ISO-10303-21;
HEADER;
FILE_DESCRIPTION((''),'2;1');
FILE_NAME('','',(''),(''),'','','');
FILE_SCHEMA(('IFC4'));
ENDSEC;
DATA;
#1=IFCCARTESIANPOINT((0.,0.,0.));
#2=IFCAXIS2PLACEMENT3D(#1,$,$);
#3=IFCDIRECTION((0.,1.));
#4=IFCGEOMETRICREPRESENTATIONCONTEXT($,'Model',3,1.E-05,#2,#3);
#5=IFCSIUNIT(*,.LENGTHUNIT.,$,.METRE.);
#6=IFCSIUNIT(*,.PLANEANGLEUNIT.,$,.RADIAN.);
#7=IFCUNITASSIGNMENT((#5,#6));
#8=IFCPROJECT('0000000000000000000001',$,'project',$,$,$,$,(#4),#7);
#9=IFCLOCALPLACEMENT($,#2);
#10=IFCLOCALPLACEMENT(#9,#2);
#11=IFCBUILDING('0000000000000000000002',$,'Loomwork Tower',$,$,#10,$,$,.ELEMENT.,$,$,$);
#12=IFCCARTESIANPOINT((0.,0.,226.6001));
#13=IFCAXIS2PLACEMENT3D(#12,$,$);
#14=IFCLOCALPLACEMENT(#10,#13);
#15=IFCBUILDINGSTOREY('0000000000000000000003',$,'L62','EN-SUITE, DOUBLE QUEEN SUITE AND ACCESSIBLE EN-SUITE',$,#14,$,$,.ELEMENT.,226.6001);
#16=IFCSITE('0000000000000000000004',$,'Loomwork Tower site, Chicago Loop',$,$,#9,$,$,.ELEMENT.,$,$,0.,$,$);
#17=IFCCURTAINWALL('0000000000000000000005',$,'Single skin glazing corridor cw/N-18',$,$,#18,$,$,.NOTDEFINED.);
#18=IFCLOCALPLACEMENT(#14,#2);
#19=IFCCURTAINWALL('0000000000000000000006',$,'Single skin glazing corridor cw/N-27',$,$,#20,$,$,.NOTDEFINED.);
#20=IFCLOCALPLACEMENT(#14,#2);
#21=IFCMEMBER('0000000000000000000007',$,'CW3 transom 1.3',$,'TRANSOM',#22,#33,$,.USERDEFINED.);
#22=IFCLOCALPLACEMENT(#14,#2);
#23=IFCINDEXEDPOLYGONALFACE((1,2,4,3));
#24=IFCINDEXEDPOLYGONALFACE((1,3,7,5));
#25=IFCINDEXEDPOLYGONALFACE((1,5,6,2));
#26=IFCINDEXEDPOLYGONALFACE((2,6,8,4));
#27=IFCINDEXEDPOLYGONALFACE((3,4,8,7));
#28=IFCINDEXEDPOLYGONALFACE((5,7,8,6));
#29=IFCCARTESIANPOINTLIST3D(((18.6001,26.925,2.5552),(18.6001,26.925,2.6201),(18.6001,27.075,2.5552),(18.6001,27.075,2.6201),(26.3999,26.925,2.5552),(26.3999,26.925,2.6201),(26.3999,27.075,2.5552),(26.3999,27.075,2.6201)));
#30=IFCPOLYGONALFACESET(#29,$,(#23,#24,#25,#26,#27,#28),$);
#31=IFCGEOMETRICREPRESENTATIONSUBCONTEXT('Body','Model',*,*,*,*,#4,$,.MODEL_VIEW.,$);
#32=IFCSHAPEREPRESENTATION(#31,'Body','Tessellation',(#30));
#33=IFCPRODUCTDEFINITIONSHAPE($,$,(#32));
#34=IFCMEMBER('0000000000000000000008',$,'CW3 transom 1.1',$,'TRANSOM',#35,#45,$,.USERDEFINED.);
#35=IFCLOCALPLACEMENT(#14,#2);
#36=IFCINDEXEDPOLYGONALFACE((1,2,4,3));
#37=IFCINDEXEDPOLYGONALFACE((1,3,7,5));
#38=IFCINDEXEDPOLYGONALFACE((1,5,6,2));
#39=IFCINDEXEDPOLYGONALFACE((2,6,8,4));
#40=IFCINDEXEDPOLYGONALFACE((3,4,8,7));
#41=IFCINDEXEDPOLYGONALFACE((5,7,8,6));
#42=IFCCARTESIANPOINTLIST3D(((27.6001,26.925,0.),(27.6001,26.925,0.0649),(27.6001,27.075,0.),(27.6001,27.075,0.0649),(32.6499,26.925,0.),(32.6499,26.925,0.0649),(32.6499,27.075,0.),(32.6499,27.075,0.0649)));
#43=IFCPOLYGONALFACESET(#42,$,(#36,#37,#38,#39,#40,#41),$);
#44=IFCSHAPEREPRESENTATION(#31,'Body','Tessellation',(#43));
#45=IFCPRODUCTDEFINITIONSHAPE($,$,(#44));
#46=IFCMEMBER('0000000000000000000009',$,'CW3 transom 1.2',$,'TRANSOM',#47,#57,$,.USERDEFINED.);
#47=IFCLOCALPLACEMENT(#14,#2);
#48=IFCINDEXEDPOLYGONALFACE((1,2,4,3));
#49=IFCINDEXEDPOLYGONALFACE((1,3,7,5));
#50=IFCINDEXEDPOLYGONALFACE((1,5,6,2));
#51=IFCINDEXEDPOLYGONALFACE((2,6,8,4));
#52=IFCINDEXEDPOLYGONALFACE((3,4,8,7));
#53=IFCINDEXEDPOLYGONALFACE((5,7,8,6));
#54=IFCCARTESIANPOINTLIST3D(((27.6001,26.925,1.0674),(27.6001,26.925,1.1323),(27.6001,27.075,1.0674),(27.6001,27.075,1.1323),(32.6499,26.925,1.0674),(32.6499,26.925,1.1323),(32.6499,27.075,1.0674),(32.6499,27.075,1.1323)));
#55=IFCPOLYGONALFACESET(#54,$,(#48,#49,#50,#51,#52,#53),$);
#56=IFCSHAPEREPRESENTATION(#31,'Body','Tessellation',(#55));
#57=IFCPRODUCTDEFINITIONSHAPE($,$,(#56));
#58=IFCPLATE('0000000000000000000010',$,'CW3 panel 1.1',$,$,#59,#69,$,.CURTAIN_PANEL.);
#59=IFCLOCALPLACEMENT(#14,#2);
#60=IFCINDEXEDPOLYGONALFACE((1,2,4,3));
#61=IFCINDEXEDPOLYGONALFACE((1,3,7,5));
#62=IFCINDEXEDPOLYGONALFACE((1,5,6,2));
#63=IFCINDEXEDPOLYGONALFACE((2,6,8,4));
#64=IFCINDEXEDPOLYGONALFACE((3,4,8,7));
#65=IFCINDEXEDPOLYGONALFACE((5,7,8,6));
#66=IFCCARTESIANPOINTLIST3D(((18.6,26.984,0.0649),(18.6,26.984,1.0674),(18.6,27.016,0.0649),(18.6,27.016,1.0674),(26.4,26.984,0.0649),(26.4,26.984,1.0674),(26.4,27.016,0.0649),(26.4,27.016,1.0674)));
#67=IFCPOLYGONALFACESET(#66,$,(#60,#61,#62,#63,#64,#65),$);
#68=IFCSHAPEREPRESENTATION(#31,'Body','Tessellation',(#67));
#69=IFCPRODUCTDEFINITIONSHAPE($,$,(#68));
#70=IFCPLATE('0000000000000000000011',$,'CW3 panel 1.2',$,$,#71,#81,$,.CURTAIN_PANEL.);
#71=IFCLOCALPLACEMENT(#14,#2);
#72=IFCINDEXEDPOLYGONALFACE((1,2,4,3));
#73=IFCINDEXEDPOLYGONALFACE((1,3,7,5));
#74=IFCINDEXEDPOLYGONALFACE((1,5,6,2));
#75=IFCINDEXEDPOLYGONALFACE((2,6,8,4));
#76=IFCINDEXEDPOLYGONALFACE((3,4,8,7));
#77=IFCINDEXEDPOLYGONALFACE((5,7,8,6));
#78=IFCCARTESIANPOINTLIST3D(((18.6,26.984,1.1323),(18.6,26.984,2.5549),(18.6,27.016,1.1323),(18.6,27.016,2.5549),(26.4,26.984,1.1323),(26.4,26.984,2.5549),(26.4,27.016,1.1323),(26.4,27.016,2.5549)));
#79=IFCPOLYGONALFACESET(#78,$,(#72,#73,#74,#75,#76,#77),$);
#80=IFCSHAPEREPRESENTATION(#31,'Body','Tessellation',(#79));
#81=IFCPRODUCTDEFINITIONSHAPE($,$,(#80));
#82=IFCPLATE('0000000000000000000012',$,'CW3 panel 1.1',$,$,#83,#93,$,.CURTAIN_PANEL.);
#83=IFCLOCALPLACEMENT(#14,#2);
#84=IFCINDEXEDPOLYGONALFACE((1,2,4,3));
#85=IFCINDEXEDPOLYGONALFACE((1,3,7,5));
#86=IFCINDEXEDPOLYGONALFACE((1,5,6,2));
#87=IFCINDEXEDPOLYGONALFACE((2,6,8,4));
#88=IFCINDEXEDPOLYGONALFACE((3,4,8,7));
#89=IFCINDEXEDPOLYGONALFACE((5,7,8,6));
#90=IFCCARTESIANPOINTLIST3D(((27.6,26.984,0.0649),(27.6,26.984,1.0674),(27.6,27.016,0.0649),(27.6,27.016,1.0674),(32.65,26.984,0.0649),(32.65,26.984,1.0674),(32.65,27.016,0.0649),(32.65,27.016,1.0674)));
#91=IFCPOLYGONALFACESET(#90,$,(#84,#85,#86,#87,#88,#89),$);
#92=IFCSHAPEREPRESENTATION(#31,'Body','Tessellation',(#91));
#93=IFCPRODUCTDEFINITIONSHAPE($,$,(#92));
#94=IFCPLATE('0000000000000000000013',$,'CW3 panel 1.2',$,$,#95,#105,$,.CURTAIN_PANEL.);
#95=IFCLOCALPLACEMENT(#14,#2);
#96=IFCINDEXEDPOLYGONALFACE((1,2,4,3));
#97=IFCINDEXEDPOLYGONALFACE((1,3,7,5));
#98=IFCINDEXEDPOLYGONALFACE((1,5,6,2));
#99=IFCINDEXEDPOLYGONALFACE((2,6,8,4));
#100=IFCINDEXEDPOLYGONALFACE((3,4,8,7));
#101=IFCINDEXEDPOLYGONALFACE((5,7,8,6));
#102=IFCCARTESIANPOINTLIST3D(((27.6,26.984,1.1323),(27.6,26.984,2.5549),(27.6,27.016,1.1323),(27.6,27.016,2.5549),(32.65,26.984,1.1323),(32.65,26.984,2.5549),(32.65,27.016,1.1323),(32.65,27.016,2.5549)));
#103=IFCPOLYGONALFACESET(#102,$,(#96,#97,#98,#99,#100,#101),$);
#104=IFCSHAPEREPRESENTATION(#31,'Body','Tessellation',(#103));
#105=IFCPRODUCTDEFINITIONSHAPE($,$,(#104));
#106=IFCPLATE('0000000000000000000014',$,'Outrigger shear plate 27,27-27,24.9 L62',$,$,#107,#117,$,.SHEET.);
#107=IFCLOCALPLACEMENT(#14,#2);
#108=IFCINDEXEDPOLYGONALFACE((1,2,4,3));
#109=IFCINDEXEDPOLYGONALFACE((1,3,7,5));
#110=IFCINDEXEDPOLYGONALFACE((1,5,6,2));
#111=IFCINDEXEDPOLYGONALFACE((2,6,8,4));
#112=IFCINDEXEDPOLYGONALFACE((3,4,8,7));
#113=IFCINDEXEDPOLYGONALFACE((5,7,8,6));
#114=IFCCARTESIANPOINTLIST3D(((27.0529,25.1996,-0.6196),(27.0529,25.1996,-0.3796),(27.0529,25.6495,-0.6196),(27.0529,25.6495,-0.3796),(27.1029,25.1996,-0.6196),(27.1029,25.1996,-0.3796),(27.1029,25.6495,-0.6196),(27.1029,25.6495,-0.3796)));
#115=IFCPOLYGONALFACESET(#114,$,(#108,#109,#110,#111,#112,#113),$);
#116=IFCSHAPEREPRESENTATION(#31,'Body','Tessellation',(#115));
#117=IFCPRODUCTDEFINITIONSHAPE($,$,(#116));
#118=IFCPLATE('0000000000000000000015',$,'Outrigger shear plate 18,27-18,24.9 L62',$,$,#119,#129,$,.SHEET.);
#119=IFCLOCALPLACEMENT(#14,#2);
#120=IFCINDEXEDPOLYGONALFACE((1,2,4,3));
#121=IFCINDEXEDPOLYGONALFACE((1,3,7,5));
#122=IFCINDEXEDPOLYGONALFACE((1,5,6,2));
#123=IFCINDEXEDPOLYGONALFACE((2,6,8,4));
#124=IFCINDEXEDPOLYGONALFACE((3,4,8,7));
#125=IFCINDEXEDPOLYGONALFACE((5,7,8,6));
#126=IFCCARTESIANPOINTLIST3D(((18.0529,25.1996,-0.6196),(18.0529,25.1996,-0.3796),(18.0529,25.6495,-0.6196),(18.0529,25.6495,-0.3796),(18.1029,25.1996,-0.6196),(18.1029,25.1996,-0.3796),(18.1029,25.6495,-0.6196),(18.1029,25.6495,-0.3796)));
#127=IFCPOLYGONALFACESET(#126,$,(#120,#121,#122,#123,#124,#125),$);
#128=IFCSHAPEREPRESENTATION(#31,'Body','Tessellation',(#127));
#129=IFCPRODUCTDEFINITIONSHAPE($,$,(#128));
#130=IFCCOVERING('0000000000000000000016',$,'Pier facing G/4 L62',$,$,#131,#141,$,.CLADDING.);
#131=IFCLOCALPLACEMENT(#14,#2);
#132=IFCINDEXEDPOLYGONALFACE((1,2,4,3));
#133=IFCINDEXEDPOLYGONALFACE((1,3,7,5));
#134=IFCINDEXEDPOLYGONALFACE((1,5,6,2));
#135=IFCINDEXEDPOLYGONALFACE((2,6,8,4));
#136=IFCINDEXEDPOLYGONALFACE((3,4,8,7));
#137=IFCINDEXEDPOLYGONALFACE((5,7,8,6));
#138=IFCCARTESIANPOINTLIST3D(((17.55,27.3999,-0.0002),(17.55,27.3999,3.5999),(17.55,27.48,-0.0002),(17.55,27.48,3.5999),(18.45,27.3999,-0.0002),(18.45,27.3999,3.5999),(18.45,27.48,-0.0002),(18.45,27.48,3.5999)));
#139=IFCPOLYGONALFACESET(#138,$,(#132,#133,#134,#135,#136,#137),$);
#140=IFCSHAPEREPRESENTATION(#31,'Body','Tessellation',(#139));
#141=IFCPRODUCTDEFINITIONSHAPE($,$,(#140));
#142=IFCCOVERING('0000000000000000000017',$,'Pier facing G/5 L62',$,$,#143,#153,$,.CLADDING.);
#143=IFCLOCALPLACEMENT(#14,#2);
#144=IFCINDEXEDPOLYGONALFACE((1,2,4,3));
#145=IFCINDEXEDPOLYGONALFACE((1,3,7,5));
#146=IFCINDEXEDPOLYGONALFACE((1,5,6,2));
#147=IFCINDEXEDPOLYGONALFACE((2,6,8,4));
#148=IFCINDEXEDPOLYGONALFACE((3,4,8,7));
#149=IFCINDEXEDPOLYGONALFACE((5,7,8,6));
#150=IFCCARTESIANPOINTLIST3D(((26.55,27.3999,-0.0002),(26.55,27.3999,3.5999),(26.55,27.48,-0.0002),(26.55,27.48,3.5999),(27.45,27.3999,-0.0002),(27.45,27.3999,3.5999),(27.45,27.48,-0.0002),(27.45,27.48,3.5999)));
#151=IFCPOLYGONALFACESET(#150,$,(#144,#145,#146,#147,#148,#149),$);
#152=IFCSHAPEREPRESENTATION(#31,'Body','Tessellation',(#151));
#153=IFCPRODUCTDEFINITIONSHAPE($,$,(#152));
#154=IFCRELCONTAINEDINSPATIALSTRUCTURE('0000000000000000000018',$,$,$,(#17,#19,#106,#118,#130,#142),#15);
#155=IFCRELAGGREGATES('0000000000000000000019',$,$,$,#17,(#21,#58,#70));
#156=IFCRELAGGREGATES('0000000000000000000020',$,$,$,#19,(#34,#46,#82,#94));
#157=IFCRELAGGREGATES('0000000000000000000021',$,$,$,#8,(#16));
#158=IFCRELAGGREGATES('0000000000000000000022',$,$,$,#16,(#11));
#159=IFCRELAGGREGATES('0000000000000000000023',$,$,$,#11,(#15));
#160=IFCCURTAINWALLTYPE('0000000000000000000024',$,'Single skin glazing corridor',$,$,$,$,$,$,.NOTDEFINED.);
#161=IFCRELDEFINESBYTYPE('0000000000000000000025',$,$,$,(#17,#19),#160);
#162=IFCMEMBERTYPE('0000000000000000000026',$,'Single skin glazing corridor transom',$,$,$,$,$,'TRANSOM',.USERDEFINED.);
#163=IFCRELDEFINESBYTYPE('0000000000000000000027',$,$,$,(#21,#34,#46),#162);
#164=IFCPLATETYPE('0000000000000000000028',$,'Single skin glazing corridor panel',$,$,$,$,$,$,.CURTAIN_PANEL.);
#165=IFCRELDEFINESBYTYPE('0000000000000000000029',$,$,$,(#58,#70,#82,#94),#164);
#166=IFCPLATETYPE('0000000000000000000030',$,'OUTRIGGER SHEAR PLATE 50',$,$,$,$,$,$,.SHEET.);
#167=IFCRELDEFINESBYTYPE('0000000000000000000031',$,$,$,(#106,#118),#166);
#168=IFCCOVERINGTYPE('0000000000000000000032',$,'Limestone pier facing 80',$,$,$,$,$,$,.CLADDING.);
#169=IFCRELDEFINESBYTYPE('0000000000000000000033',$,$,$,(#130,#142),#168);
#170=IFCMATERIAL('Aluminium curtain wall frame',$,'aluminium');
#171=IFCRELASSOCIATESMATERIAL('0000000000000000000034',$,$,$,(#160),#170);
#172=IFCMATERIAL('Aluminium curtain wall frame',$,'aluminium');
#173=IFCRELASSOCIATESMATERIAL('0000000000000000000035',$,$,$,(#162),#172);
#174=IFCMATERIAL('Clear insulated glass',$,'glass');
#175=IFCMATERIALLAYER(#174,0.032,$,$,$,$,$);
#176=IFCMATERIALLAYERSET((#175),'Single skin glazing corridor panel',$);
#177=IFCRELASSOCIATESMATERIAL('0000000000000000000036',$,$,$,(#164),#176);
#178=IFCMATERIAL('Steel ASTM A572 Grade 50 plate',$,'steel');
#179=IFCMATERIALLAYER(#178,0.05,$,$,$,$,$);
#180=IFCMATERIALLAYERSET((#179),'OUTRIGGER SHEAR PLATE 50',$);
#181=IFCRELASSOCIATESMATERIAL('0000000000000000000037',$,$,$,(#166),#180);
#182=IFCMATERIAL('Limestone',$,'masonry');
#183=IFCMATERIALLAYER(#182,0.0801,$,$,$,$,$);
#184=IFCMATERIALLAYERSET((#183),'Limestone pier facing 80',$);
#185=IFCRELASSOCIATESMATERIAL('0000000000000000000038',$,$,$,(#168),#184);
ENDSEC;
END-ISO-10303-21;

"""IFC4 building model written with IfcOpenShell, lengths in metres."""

from ifc_helpers import new_model, si_unit, direction, frame, origin, origin_2d, place, context, subcontext, project, spatial, rectangle, extrude, material, layer, layer_set, material_profile, profile_set, type_object, element, aggregate, save


model = new_model("IFC4")

# Units and contexts
model_context = context("Model", 3, precision=1e-05, world=origin(), true_north=direction((0.0, 1.0)))
body_context = subcontext(model_context, "Body", "Model", "MODEL_VIEW")
ifc_project = project(units=[si_unit("LENGTHUNIT", "METRE"), si_unit("PLANEANGLEUNIT", "RADIAN")], contexts=[model_context])

# Site, building, storey
site_placement = place(None, origin())
site = spatial("IfcSite", under=ifc_project, at=site_placement, Name="Loomwork Tower site, Chicago Loop", CompositionType="ELEMENT", RefElevation=0.0)
building_placement = place(site_placement, origin())
building = spatial("IfcBuilding", under=site, at=building_placement, Name="Loomwork Tower", CompositionType="ELEMENT")
storey_placement = place(building_placement, frame((0.0, 0.0, 226.6001)))
storey = spatial("IfcBuildingStorey", under=building, at=storey_placement, Name="L62", Description="EN-SUITE, DOUBLE QUEEN SUITE AND ACCESSIBLE EN-SUITE", CompositionType="ELEMENT", Elevation=226.6001)

# Curtain wall
ifc_material_1 = material(Name="Aluminium curtain wall frame", Category="aluminium")
curtain_wall_type = type_object("IfcCurtainWallType", Name="Single skin glazing corridor", PredefinedType="NOTDEFINED", material=ifc_material_1)
curtain_wall_1_placement = place(storey_placement, origin())
curtain_wall_1 = element("IfcCurtainWall", 1, at=curtain_wall_1_placement, inside=storey, type_object=curtain_wall_type, Name="Single skin glazing corridor cw/N-18", PredefinedType="NOTDEFINED")

# Curtain wall
curtain_wall_2_placement = place(storey_placement, origin())
curtain_wall_2 = element("IfcCurtainWall", 2, at=curtain_wall_2_placement, inside=storey, type_object=curtain_wall_type, Name="Single skin glazing corridor cw/N-27", PredefinedType="NOTDEFINED")

# Members
ifc_material_2 = material(Name="Aluminium curtain wall frame", Category="aluminium")
ifc_material_profile_1 = material_profile(ifc_material_2, rectangle(XDim=0.1499, YDim=0.0649, at=origin_2d()), Name="AL 65x150")
ifc_profile_set_1 = profile_set([ifc_material_profile_1], Name="Aluminium curtain wall frame")
member_type_1 = type_object("IfcMemberType", Name="Single skin glazing corridor transom", ElementType="TRANSOM", PredefinedType="USERDEFINED", material=ifc_profile_set_1)
member_1_placement = place(storey_placement, frame((26.3999, 27.0, 2.5876), z_axis=(-1.0, 0.0, 0.0), x_axis=(0.0, -1.0, 0.0)))
member_1 = element("IfcMember", 3, at=member_1_placement, type_object=member_type_1, Name="CW3 transom 1.3", ObjectType="TRANSOM", PredefinedType="USERDEFINED", context=body_context, shape_type="SweptSolid", body=[
    extrude(rectangle(XDim=0.1499, YDim=0.0649, at=origin_2d()), origin(), (0.0, 0.0, 1.0), 7.7998),
])
member_2_placement = place(storey_placement, frame((32.6499, 27.0, 0.0325), z_axis=(-1.0, 0.0, 0.0), x_axis=(0.0, -1.0, 0.0)))
member_2 = element("IfcMember", 4, at=member_2_placement, type_object=member_type_1, Name="CW3 transom 1.1", ObjectType="TRANSOM", PredefinedType="USERDEFINED", context=body_context, shape_type="SweptSolid", body=[
    extrude(rectangle(XDim=0.1499, YDim=0.0649, at=origin_2d()), origin(), (0.0, 0.0, 1.0), 5.0498),
])
member_3_placement = place(storey_placement, frame((32.6499, 27.0, 1.0999), z_axis=(-1.0, 0.0, 0.0), x_axis=(0.0, -1.0, 0.0)))
member_3 = element("IfcMember", 5, at=member_3_placement, type_object=member_type_1, Name="CW3 transom 1.2", ObjectType="TRANSOM", PredefinedType="USERDEFINED", context=body_context, shape_type="SweptSolid", body=[
    extrude(rectangle(XDim=0.1499, YDim=0.0649, at=origin_2d()), origin(), (0.0, 0.0, 1.0), 5.0498),
])

# Plates
ifc_material_3 = material(Name="Clear insulated glass", Category="glass")
ifc_layer_1 = layer(ifc_material_3, 0.032)
ifc_layer_set_1 = layer_set([ifc_layer_1], Name="Single skin glazing corridor panel")
plate_type_1 = type_object("IfcPlateType", Name="Single skin glazing corridor panel", PredefinedType="CURTAIN_PANEL", material=ifc_layer_set_1)
plate_1_placement = place(storey_placement, frame((22.5, 27.0, 0.0649), z_axis=(0.0, 0.0, 1.0), x_axis=(-1.0, 0.0, 0.0)))
plate_1 = element("IfcPlate", 6, at=plate_1_placement, type_object=plate_type_1, Name="CW3 panel 1.1", PredefinedType="CURTAIN_PANEL", context=body_context, shape_type="SweptSolid", body=[
    extrude(rectangle(XDim=7.8, YDim=0.032, at=origin_2d()), origin(), (0.0, 0.0, 1.0), 1.0024),
])
plate_2_placement = place(storey_placement, frame((22.5, 27.0, 1.1323), z_axis=(0.0, 0.0, 1.0), x_axis=(-1.0, 0.0, 0.0)))
plate_2 = element("IfcPlate", 7, at=plate_2_placement, type_object=plate_type_1, Name="CW3 panel 1.2", PredefinedType="CURTAIN_PANEL", context=body_context, shape_type="SweptSolid", body=[
    extrude(rectangle(XDim=7.8, YDim=0.032, at=origin_2d()), origin(), (0.0, 0.0, 1.0), 1.4226),
])
aggregate(curtain_wall_1, [member_1, plate_1, plate_2])
plate_3_placement = place(storey_placement, frame((30.125, 27.0, 0.0649), z_axis=(0.0, 0.0, 1.0), x_axis=(-1.0, 0.0, 0.0)))
plate_3 = element("IfcPlate", 8, at=plate_3_placement, type_object=plate_type_1, Name="CW3 panel 1.1", PredefinedType="CURTAIN_PANEL", context=body_context, shape_type="SweptSolid", body=[
    extrude(rectangle(XDim=5.05, YDim=0.032, at=origin_2d()), origin(), (0.0, 0.0, 1.0), 1.0024),
])
plate_4_placement = place(storey_placement, frame((30.125, 27.0, 1.1323), z_axis=(0.0, 0.0, 1.0), x_axis=(-1.0, 0.0, 0.0)))
plate_4 = element("IfcPlate", 9, at=plate_4_placement, type_object=plate_type_1, Name="CW3 panel 1.2", PredefinedType="CURTAIN_PANEL", context=body_context, shape_type="SweptSolid", body=[
    extrude(rectangle(XDim=5.05, YDim=0.032, at=origin_2d()), origin(), (0.0, 0.0, 1.0), 1.4226),
])
aggregate(curtain_wall_2, [member_2, member_3, plate_3, plate_4])

# Plates
ifc_material_4 = material(Name="Steel ASTM A572 Grade 50 plate", Category="steel")
ifc_layer_2 = layer(ifc_material_4, 0.05)
ifc_layer_set_2 = layer_set([ifc_layer_2], Name="OUTRIGGER SHEAR PLATE 50")
plate_type_2 = type_object("IfcPlateType", Name="OUTRIGGER SHEAR PLATE 50", PredefinedType="SHEET", material=ifc_layer_set_2)
for number, where, z_axis, x_axis, name in (
    (10, (27.0779, 25.4246, -0.6196), (0.0, 0.0, 1.0), (0.0, 1.0, 0.0), "Outrigger shear plate 27,27-27,24.9 L62"),
    (11, (18.0779, 25.4246, -0.6196), (0.0, 0.0, 1.0), (0.0, 1.0, 0.0), "Outrigger shear plate 18,27-18,24.9 L62"),
):
    element("IfcPlate", number, at=place(storey_placement, frame(where, z_axis=z_axis, x_axis=x_axis)), inside=storey, type_object=plate_type_2, Name=name, PredefinedType="SHEET", context=body_context, shape_type="SweptSolid", body=[
        extrude(rectangle(XDim=0.45, YDim=0.05, at=origin_2d()), origin(), (0.0, 0.0, 1.0), 0.24),
    ])

# Coverings
ifc_material_5 = material(Name="Limestone", Category="masonry")
ifc_layer_3 = layer(ifc_material_5, 0.0801)
ifc_layer_set_3 = layer_set([ifc_layer_3], Name="Limestone pier facing 80")
covering_type = type_object("IfcCoveringType", Name="Limestone pier facing 80", PredefinedType="CLADDING", material=ifc_layer_set_3)
for number, where, z_axis, x_axis, name in (
    (12, (18.0, 27.4399, -0.0002), (0.0, 0.0, 1.0), (1.0, 0.0, 0.0), "Pier facing G/4 L62"),
    (13, (27.0, 27.4399, -0.0002), (0.0, 0.0, 1.0), (1.0, 0.0, 0.0), "Pier facing G/5 L62"),
):
    element("IfcCovering", number, at=place(storey_placement, frame(where, z_axis=z_axis, x_axis=x_axis)), inside=storey, type_object=covering_type, Name=name, PredefinedType="CLADDING", context=body_context, shape_type="SweptSolid", body=[
        extrude(rectangle(XDim=0.8999, YDim=0.0801, at=origin_2d()), origin(), (0.0, 0.0, 1.0), 3.6001),
    ])

save(model, "model.ifc")
